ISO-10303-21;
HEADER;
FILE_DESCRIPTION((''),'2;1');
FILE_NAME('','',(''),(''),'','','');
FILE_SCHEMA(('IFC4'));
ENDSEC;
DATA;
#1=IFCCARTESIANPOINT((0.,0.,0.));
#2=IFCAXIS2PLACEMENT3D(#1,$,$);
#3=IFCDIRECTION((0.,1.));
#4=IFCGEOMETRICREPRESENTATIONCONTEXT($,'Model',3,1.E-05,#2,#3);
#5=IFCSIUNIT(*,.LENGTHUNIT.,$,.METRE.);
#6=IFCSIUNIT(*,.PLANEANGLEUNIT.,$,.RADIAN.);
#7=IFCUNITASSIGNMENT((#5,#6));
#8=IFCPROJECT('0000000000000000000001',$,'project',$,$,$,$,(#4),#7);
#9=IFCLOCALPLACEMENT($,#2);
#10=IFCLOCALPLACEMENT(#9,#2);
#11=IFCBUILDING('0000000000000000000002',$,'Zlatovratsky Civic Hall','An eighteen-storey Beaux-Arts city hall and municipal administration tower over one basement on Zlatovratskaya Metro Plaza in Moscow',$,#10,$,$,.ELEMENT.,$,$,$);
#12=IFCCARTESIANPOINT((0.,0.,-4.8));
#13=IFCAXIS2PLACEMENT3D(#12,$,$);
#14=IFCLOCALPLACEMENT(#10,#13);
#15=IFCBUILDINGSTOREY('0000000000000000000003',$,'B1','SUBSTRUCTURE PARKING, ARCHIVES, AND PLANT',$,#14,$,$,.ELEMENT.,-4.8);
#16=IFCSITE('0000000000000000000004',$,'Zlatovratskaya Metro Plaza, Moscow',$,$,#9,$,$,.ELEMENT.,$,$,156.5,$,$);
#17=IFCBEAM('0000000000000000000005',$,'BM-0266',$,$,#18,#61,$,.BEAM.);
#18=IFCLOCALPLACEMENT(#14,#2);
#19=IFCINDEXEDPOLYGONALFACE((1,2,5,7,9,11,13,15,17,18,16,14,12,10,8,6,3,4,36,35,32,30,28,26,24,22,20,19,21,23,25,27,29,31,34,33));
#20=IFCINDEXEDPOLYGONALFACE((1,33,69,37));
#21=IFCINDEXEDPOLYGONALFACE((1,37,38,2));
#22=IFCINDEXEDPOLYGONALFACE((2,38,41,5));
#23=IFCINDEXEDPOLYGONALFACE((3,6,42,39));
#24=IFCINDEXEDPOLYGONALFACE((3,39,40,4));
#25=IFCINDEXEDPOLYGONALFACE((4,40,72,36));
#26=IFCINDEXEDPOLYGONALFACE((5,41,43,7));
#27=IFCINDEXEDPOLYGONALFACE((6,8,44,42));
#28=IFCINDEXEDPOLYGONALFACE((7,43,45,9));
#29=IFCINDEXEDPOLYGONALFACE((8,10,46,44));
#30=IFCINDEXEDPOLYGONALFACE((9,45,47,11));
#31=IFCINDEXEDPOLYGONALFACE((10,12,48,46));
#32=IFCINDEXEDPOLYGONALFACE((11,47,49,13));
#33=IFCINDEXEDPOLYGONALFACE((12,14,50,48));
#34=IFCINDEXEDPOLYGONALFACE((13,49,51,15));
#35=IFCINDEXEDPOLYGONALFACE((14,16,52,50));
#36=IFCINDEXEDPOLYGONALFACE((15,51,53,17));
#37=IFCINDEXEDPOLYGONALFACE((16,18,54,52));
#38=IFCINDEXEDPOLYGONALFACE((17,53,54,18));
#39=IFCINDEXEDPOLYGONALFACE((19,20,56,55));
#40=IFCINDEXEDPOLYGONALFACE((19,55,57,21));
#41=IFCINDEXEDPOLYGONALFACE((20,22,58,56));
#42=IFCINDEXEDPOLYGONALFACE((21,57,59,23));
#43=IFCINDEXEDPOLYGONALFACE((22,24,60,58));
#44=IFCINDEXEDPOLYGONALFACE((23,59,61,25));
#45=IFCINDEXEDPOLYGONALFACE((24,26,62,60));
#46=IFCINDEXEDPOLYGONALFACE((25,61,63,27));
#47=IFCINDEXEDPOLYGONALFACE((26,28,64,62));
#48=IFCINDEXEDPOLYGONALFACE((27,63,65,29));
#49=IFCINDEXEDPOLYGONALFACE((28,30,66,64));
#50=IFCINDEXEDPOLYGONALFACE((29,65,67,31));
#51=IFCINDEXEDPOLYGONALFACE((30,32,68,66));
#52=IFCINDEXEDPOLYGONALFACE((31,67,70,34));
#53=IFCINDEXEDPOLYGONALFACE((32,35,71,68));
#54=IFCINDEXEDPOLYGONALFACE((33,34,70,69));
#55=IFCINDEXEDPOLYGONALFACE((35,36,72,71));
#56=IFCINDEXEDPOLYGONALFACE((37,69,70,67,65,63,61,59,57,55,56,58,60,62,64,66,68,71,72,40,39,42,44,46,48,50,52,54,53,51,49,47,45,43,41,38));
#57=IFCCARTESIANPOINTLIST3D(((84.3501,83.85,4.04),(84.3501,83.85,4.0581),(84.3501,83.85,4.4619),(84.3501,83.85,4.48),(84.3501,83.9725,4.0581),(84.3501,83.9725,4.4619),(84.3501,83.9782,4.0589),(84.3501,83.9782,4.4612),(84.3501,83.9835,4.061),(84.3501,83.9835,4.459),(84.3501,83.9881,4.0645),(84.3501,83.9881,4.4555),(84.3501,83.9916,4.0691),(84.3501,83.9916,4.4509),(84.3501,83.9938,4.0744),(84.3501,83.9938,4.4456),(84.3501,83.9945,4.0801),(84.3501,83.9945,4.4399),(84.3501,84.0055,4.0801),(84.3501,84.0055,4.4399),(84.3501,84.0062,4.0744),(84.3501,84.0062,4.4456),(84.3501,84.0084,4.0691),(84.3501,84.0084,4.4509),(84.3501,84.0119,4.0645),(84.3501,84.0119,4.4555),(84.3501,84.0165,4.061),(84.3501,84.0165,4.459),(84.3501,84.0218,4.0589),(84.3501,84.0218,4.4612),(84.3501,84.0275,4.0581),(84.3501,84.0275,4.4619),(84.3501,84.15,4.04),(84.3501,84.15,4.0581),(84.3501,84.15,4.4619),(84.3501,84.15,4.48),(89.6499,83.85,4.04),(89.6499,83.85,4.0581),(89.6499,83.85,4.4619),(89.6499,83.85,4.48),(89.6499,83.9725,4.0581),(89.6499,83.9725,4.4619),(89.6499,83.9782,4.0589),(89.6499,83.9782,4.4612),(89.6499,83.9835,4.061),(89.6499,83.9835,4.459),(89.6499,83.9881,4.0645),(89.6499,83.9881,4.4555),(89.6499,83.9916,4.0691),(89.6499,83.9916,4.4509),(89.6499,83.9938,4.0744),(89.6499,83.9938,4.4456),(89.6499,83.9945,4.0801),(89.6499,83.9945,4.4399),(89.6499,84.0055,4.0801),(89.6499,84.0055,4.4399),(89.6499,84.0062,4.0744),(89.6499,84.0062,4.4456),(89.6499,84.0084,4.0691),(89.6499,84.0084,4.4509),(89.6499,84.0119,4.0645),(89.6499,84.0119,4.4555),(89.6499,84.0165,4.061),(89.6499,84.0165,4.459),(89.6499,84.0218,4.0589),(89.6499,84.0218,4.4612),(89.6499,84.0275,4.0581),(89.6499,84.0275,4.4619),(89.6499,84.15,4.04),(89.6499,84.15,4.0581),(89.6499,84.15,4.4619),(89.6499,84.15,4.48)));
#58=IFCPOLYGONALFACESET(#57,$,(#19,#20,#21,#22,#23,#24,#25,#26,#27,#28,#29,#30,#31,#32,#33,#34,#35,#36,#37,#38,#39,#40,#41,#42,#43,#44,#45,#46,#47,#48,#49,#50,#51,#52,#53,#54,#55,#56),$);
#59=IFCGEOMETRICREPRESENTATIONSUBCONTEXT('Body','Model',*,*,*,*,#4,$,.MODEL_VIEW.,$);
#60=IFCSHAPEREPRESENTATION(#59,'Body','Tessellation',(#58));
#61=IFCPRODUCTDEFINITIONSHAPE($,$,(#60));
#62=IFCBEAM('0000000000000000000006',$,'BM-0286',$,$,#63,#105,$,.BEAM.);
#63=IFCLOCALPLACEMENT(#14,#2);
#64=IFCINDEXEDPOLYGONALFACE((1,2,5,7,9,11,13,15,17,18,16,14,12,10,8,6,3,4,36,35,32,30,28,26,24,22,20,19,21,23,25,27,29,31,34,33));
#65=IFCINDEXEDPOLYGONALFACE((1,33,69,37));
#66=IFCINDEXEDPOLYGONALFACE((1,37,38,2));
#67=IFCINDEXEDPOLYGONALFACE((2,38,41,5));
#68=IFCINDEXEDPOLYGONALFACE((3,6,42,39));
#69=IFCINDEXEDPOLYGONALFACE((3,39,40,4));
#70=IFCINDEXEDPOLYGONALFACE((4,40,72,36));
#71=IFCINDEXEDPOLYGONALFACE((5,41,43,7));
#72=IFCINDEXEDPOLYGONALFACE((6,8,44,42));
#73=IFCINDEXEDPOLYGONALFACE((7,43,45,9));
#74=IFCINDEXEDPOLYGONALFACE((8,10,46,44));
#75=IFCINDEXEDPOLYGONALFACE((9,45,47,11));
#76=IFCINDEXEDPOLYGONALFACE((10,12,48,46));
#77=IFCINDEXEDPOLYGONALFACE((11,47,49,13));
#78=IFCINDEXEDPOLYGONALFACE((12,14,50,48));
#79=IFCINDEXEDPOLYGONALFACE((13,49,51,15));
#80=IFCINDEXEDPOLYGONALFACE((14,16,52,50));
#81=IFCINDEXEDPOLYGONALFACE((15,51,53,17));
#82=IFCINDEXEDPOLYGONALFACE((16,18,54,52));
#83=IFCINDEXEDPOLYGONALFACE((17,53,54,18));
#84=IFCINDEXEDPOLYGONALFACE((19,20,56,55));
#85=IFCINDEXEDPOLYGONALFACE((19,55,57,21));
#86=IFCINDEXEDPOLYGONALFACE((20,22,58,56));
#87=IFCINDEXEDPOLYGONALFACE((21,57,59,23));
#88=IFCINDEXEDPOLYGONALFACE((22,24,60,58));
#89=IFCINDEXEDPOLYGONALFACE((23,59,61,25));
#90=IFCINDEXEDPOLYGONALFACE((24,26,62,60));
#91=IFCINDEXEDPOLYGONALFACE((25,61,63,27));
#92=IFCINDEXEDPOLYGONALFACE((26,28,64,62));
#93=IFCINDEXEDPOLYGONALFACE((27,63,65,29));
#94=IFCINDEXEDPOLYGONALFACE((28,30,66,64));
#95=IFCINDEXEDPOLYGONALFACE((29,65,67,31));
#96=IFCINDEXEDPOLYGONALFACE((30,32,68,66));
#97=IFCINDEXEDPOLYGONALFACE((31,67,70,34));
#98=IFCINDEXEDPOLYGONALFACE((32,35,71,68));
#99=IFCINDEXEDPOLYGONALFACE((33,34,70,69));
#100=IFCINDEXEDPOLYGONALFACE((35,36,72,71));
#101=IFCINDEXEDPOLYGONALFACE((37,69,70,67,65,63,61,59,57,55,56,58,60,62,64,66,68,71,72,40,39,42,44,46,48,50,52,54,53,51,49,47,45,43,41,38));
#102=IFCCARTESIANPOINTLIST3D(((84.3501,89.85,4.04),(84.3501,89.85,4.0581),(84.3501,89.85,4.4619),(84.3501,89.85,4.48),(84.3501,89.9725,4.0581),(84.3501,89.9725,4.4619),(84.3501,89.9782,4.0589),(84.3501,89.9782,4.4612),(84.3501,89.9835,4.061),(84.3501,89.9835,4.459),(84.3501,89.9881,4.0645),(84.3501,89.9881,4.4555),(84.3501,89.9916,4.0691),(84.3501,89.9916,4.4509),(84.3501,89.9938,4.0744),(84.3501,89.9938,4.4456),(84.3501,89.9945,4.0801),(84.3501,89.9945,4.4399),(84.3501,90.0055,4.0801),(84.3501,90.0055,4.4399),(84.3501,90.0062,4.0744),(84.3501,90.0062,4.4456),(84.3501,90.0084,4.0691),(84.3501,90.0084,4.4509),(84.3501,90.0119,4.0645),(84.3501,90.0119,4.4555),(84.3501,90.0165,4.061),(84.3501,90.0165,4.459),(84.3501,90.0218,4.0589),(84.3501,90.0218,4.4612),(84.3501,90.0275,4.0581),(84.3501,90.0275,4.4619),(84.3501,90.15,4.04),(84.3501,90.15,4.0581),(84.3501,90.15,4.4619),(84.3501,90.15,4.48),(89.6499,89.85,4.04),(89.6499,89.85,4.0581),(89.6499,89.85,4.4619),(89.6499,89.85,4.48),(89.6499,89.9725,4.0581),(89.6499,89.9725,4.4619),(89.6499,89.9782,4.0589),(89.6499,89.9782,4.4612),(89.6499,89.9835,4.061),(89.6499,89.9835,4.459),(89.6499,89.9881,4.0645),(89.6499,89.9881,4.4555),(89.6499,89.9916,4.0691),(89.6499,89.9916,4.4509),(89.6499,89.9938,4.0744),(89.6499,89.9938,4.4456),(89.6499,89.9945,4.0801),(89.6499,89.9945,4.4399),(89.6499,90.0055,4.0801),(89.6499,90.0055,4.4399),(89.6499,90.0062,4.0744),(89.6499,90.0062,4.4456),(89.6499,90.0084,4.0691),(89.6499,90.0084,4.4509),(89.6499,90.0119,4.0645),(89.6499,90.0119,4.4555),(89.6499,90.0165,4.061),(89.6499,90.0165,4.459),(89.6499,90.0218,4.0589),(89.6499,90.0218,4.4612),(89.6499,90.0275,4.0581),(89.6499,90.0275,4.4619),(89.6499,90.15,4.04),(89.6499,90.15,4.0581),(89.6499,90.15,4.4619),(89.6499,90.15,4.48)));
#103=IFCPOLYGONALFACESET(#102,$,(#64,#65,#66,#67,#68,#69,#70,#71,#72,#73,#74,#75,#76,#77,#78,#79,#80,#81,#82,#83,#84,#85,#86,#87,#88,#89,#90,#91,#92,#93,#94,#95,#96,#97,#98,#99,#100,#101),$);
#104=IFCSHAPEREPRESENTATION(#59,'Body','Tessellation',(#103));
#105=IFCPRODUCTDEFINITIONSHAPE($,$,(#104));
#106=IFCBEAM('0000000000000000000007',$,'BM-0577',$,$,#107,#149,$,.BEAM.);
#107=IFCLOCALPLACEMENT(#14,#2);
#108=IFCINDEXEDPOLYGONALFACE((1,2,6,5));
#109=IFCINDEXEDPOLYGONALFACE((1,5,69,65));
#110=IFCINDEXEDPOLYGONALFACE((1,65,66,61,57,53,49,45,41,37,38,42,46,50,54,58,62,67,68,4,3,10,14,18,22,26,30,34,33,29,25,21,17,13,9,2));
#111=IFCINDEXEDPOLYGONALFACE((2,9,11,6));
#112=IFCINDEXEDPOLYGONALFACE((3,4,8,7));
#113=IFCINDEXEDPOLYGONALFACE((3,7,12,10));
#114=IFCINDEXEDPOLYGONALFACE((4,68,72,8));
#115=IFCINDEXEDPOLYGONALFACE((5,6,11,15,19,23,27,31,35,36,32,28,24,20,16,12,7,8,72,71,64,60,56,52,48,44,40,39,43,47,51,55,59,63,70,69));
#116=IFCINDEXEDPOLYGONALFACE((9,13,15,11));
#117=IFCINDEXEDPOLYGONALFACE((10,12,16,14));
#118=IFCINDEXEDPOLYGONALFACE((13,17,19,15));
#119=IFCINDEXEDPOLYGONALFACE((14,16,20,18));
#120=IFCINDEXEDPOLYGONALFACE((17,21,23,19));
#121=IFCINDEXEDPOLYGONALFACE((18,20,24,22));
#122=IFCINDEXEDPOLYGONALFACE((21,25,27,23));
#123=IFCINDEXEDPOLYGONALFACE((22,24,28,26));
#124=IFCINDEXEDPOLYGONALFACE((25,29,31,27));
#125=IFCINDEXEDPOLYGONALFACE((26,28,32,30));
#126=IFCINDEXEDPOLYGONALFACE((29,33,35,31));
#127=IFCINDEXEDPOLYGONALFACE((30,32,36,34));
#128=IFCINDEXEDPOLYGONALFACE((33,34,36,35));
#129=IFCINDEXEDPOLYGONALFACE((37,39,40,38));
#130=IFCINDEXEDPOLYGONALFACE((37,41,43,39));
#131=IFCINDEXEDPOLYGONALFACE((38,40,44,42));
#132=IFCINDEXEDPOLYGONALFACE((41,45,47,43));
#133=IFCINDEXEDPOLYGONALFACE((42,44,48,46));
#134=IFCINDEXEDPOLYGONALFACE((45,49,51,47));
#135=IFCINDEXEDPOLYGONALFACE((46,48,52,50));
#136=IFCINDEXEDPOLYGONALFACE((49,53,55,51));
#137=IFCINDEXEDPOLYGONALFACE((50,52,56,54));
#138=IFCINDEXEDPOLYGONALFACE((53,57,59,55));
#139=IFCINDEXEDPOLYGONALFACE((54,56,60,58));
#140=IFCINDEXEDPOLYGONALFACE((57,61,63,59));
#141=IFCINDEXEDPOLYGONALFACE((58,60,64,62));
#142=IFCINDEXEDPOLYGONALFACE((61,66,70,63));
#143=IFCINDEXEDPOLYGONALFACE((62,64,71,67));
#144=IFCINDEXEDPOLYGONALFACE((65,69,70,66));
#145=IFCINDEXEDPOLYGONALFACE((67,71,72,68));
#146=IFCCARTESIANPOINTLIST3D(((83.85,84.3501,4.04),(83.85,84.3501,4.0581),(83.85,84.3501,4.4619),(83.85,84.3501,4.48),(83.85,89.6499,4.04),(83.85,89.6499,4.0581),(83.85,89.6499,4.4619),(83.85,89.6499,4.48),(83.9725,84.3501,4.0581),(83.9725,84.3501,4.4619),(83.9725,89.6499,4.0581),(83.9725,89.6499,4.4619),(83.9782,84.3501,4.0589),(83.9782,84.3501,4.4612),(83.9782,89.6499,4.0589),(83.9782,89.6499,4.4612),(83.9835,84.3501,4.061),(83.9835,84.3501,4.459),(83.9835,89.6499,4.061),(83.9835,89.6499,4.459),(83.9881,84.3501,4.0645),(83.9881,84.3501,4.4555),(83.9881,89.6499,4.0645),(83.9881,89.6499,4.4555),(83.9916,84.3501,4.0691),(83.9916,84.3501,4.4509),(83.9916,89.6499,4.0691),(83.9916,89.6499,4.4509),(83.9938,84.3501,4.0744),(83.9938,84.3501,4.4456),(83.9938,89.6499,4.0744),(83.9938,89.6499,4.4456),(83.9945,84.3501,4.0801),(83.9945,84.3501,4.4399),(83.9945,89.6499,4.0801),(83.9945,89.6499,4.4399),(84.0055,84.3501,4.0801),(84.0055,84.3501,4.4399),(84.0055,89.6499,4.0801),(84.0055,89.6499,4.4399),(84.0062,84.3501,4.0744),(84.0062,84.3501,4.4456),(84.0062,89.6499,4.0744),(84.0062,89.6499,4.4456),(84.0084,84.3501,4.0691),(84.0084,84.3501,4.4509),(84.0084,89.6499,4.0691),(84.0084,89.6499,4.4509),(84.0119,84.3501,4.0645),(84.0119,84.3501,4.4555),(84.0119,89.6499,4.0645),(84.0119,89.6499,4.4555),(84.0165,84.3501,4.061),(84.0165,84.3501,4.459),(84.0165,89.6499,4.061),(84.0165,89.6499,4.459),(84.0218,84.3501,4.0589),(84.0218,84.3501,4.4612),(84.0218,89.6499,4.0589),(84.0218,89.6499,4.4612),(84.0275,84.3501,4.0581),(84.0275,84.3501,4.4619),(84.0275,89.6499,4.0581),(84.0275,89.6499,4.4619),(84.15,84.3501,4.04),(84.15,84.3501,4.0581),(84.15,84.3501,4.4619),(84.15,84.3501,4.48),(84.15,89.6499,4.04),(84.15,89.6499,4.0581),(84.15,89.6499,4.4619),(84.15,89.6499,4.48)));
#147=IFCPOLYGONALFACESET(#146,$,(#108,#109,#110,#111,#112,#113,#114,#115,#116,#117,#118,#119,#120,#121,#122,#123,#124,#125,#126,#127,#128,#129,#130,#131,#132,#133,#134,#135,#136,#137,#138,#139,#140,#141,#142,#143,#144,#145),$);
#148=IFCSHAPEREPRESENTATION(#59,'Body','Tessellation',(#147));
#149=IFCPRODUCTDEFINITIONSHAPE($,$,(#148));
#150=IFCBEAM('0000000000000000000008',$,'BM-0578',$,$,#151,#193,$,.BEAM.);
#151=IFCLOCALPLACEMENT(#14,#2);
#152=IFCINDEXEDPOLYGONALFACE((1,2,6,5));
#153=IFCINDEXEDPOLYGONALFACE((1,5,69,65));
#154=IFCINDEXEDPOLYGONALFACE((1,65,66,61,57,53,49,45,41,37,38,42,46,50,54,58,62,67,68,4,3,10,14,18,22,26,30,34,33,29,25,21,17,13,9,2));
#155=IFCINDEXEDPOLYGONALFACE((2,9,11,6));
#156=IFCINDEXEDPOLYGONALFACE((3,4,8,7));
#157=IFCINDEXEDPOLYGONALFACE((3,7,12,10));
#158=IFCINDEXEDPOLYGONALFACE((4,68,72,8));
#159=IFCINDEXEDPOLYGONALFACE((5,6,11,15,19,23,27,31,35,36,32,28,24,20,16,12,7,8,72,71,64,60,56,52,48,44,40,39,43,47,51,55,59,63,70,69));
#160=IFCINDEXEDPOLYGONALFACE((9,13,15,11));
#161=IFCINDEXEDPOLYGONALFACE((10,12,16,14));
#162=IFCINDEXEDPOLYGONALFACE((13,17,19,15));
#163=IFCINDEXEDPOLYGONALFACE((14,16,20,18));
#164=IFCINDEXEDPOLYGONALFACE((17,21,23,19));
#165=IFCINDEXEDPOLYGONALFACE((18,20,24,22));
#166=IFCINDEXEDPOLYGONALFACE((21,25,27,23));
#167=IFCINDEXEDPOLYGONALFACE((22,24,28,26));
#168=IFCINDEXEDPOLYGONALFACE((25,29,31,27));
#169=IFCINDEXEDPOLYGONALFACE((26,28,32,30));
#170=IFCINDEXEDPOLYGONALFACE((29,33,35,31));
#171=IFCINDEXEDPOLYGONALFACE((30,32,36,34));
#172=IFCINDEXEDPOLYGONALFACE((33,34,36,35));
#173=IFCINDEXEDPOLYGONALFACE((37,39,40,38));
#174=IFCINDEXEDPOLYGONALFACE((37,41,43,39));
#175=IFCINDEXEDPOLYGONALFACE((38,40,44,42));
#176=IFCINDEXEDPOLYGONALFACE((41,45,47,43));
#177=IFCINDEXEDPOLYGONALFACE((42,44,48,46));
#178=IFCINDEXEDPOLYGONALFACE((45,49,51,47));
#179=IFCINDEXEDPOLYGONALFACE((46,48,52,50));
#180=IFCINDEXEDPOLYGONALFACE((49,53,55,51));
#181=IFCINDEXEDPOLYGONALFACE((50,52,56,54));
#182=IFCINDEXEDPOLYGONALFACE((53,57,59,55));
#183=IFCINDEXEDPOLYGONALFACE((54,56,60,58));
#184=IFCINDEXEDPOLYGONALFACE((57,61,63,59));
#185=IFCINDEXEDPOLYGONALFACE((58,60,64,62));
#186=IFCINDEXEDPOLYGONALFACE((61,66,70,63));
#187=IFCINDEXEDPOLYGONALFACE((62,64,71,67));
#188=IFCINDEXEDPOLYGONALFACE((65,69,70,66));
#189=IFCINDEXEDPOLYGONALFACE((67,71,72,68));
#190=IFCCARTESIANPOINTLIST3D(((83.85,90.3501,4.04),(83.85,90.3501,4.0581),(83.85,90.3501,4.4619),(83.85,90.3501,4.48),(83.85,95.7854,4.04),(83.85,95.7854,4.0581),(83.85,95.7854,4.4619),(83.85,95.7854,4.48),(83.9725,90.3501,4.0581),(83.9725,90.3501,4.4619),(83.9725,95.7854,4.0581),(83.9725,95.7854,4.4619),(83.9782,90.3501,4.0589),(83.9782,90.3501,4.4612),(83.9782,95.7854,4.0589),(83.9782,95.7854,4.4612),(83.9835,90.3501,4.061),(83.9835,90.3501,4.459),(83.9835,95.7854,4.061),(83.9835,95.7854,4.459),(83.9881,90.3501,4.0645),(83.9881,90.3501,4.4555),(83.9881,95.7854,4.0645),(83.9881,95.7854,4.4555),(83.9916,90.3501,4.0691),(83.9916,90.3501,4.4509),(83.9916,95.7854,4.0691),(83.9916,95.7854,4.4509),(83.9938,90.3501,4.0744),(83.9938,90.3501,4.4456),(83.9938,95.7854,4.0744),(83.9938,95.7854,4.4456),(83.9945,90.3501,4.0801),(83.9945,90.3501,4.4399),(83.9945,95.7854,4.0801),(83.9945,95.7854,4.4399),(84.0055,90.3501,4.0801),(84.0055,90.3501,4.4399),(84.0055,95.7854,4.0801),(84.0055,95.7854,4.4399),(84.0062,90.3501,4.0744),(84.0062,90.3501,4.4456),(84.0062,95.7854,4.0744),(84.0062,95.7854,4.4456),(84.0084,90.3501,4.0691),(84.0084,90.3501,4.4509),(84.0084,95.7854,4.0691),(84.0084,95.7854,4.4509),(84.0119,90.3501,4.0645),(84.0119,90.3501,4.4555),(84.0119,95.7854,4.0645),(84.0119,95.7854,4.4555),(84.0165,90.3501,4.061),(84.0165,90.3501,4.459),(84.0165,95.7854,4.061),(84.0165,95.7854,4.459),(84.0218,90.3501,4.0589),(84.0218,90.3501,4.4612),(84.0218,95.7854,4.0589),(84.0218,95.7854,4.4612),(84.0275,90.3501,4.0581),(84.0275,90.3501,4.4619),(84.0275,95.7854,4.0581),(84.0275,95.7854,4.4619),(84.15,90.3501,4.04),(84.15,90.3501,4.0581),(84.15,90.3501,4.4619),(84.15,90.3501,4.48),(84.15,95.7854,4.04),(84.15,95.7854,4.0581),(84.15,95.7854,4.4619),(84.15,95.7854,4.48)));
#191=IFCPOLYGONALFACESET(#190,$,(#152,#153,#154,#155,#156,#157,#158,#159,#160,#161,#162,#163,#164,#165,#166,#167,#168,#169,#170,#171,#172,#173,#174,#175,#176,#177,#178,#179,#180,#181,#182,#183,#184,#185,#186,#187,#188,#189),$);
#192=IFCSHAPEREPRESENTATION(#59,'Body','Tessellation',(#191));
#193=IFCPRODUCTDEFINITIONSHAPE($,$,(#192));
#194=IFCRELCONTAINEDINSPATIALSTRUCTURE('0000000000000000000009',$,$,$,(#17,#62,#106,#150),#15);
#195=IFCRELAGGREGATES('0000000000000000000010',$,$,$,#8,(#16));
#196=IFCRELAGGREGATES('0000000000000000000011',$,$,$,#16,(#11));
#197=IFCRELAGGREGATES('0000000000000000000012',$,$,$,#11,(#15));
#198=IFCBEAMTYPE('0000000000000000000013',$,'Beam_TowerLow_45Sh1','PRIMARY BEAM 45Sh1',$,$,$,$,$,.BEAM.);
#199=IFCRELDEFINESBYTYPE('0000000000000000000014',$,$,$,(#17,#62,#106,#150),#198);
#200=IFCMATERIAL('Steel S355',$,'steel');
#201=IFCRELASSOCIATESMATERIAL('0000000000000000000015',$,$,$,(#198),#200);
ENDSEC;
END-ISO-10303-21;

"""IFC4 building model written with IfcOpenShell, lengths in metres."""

from ifc_helpers import new_model, si_unit, direction, frame, origin, origin_2d, place, context, subcontext, project, spatial, i_section, extrude, material, material_profile, profile_set, type_object, element, save


model = new_model("IFC4")

# Units and contexts
model_context = context("Model", 3, precision=1e-05, world=origin(), true_north=direction((0.0, 1.0)))
body_context = subcontext(model_context, "Body", "Model", "MODEL_VIEW")
ifc_project = project(units=[si_unit("LENGTHUNIT", "METRE"), si_unit("PLANEANGLEUNIT", "RADIAN")], contexts=[model_context])

# Site, building, storey
site_placement = place(None, origin())
site = spatial("IfcSite", under=ifc_project, at=site_placement, Name="Zlatovratskaya Metro Plaza, Moscow", CompositionType="ELEMENT", RefElevation=156.5)
building_placement = place(site_placement, origin())
building = spatial("IfcBuilding", under=site, at=building_placement, Name="Zlatovratsky Civic Hall", Description="An eighteen-storey Beaux-Arts city hall and municipal administration tower over one basement on Zlatovratskaya Metro Plaza in Moscow", CompositionType="ELEMENT")
storey_placement = place(building_placement, frame((0.0, 0.0, -4.8)))
storey = spatial("IfcBuildingStorey", under=building, at=storey_placement, Name="B1", Description="SUBSTRUCTURE PARKING, ARCHIVES, AND PLANT", CompositionType="ELEMENT", Elevation=-4.8)

# Beams
ifc_material_1 = material(Name="Steel S355", Category="steel")
ifc_material_profile_1 = material_profile(ifc_material_1, i_section(OverallWidth=0.3, OverallDepth=0.4399, WebThickness=0.011, FlangeThickness=0.0181, FilletRadius=0.022, at=origin_2d()), Name="45Sh1")
ifc_profile_set_1 = profile_set([ifc_material_profile_1], Name="Steel S355")
beam_type_1 = type_object("IfcBeamType", Name="Beam_TowerLow_45Sh1", Description="PRIMARY BEAM 45Sh1", PredefinedType="BEAM", material=ifc_profile_set_1)
for number, where, z_axis, x_axis, name in (
    (1, (84.3501, 84.0, 4.26), (1.0, 0.0, 0.0), (0.0, 1.0, 0.0), "BM-0266"),
    (2, (84.3501, 90.0, 4.26), (1.0, 0.0, 0.0), (0.0, 1.0, 0.0), "BM-0286"),
    (3, (84.0, 84.3501, 4.26), (0.0, 1.0, 0.0), (-1.0, 0.0, 0.0), "BM-0577"),
):
    element("IfcBeam", number, at=place(storey_placement, frame(where, z_axis=z_axis, x_axis=x_axis)), inside=storey, type_object=beam_type_1, Name=name, PredefinedType="BEAM", context=body_context, shape_type="SweptSolid", body=[
        extrude(i_section(OverallWidth=0.3, OverallDepth=0.4399, WebThickness=0.011, FlangeThickness=0.0181, FilletRadius=0.022, at=origin_2d()), origin(), (0.0, 0.0, 1.0), 5.2998),
    ])
beam_1_placement = place(storey_placement, frame((84.0, 90.3501, 4.26), z_axis=(0.0, 1.0, 0.0), x_axis=(-1.0, 0.0, 0.0)))
element("IfcBeam", 4, at=beam_1_placement, inside=storey, type_object=beam_type_1, Name="BM-0578", PredefinedType="BEAM", context=body_context, shape_type="SweptSolid", body=[
    extrude(i_section(OverallWidth=0.3, OverallDepth=0.4399, WebThickness=0.011, FlangeThickness=0.0181, FilletRadius=0.022, at=origin_2d()), origin(), (0.0, 0.0, 1.0), 5.4353),
])

save(model, "model.ifc")
